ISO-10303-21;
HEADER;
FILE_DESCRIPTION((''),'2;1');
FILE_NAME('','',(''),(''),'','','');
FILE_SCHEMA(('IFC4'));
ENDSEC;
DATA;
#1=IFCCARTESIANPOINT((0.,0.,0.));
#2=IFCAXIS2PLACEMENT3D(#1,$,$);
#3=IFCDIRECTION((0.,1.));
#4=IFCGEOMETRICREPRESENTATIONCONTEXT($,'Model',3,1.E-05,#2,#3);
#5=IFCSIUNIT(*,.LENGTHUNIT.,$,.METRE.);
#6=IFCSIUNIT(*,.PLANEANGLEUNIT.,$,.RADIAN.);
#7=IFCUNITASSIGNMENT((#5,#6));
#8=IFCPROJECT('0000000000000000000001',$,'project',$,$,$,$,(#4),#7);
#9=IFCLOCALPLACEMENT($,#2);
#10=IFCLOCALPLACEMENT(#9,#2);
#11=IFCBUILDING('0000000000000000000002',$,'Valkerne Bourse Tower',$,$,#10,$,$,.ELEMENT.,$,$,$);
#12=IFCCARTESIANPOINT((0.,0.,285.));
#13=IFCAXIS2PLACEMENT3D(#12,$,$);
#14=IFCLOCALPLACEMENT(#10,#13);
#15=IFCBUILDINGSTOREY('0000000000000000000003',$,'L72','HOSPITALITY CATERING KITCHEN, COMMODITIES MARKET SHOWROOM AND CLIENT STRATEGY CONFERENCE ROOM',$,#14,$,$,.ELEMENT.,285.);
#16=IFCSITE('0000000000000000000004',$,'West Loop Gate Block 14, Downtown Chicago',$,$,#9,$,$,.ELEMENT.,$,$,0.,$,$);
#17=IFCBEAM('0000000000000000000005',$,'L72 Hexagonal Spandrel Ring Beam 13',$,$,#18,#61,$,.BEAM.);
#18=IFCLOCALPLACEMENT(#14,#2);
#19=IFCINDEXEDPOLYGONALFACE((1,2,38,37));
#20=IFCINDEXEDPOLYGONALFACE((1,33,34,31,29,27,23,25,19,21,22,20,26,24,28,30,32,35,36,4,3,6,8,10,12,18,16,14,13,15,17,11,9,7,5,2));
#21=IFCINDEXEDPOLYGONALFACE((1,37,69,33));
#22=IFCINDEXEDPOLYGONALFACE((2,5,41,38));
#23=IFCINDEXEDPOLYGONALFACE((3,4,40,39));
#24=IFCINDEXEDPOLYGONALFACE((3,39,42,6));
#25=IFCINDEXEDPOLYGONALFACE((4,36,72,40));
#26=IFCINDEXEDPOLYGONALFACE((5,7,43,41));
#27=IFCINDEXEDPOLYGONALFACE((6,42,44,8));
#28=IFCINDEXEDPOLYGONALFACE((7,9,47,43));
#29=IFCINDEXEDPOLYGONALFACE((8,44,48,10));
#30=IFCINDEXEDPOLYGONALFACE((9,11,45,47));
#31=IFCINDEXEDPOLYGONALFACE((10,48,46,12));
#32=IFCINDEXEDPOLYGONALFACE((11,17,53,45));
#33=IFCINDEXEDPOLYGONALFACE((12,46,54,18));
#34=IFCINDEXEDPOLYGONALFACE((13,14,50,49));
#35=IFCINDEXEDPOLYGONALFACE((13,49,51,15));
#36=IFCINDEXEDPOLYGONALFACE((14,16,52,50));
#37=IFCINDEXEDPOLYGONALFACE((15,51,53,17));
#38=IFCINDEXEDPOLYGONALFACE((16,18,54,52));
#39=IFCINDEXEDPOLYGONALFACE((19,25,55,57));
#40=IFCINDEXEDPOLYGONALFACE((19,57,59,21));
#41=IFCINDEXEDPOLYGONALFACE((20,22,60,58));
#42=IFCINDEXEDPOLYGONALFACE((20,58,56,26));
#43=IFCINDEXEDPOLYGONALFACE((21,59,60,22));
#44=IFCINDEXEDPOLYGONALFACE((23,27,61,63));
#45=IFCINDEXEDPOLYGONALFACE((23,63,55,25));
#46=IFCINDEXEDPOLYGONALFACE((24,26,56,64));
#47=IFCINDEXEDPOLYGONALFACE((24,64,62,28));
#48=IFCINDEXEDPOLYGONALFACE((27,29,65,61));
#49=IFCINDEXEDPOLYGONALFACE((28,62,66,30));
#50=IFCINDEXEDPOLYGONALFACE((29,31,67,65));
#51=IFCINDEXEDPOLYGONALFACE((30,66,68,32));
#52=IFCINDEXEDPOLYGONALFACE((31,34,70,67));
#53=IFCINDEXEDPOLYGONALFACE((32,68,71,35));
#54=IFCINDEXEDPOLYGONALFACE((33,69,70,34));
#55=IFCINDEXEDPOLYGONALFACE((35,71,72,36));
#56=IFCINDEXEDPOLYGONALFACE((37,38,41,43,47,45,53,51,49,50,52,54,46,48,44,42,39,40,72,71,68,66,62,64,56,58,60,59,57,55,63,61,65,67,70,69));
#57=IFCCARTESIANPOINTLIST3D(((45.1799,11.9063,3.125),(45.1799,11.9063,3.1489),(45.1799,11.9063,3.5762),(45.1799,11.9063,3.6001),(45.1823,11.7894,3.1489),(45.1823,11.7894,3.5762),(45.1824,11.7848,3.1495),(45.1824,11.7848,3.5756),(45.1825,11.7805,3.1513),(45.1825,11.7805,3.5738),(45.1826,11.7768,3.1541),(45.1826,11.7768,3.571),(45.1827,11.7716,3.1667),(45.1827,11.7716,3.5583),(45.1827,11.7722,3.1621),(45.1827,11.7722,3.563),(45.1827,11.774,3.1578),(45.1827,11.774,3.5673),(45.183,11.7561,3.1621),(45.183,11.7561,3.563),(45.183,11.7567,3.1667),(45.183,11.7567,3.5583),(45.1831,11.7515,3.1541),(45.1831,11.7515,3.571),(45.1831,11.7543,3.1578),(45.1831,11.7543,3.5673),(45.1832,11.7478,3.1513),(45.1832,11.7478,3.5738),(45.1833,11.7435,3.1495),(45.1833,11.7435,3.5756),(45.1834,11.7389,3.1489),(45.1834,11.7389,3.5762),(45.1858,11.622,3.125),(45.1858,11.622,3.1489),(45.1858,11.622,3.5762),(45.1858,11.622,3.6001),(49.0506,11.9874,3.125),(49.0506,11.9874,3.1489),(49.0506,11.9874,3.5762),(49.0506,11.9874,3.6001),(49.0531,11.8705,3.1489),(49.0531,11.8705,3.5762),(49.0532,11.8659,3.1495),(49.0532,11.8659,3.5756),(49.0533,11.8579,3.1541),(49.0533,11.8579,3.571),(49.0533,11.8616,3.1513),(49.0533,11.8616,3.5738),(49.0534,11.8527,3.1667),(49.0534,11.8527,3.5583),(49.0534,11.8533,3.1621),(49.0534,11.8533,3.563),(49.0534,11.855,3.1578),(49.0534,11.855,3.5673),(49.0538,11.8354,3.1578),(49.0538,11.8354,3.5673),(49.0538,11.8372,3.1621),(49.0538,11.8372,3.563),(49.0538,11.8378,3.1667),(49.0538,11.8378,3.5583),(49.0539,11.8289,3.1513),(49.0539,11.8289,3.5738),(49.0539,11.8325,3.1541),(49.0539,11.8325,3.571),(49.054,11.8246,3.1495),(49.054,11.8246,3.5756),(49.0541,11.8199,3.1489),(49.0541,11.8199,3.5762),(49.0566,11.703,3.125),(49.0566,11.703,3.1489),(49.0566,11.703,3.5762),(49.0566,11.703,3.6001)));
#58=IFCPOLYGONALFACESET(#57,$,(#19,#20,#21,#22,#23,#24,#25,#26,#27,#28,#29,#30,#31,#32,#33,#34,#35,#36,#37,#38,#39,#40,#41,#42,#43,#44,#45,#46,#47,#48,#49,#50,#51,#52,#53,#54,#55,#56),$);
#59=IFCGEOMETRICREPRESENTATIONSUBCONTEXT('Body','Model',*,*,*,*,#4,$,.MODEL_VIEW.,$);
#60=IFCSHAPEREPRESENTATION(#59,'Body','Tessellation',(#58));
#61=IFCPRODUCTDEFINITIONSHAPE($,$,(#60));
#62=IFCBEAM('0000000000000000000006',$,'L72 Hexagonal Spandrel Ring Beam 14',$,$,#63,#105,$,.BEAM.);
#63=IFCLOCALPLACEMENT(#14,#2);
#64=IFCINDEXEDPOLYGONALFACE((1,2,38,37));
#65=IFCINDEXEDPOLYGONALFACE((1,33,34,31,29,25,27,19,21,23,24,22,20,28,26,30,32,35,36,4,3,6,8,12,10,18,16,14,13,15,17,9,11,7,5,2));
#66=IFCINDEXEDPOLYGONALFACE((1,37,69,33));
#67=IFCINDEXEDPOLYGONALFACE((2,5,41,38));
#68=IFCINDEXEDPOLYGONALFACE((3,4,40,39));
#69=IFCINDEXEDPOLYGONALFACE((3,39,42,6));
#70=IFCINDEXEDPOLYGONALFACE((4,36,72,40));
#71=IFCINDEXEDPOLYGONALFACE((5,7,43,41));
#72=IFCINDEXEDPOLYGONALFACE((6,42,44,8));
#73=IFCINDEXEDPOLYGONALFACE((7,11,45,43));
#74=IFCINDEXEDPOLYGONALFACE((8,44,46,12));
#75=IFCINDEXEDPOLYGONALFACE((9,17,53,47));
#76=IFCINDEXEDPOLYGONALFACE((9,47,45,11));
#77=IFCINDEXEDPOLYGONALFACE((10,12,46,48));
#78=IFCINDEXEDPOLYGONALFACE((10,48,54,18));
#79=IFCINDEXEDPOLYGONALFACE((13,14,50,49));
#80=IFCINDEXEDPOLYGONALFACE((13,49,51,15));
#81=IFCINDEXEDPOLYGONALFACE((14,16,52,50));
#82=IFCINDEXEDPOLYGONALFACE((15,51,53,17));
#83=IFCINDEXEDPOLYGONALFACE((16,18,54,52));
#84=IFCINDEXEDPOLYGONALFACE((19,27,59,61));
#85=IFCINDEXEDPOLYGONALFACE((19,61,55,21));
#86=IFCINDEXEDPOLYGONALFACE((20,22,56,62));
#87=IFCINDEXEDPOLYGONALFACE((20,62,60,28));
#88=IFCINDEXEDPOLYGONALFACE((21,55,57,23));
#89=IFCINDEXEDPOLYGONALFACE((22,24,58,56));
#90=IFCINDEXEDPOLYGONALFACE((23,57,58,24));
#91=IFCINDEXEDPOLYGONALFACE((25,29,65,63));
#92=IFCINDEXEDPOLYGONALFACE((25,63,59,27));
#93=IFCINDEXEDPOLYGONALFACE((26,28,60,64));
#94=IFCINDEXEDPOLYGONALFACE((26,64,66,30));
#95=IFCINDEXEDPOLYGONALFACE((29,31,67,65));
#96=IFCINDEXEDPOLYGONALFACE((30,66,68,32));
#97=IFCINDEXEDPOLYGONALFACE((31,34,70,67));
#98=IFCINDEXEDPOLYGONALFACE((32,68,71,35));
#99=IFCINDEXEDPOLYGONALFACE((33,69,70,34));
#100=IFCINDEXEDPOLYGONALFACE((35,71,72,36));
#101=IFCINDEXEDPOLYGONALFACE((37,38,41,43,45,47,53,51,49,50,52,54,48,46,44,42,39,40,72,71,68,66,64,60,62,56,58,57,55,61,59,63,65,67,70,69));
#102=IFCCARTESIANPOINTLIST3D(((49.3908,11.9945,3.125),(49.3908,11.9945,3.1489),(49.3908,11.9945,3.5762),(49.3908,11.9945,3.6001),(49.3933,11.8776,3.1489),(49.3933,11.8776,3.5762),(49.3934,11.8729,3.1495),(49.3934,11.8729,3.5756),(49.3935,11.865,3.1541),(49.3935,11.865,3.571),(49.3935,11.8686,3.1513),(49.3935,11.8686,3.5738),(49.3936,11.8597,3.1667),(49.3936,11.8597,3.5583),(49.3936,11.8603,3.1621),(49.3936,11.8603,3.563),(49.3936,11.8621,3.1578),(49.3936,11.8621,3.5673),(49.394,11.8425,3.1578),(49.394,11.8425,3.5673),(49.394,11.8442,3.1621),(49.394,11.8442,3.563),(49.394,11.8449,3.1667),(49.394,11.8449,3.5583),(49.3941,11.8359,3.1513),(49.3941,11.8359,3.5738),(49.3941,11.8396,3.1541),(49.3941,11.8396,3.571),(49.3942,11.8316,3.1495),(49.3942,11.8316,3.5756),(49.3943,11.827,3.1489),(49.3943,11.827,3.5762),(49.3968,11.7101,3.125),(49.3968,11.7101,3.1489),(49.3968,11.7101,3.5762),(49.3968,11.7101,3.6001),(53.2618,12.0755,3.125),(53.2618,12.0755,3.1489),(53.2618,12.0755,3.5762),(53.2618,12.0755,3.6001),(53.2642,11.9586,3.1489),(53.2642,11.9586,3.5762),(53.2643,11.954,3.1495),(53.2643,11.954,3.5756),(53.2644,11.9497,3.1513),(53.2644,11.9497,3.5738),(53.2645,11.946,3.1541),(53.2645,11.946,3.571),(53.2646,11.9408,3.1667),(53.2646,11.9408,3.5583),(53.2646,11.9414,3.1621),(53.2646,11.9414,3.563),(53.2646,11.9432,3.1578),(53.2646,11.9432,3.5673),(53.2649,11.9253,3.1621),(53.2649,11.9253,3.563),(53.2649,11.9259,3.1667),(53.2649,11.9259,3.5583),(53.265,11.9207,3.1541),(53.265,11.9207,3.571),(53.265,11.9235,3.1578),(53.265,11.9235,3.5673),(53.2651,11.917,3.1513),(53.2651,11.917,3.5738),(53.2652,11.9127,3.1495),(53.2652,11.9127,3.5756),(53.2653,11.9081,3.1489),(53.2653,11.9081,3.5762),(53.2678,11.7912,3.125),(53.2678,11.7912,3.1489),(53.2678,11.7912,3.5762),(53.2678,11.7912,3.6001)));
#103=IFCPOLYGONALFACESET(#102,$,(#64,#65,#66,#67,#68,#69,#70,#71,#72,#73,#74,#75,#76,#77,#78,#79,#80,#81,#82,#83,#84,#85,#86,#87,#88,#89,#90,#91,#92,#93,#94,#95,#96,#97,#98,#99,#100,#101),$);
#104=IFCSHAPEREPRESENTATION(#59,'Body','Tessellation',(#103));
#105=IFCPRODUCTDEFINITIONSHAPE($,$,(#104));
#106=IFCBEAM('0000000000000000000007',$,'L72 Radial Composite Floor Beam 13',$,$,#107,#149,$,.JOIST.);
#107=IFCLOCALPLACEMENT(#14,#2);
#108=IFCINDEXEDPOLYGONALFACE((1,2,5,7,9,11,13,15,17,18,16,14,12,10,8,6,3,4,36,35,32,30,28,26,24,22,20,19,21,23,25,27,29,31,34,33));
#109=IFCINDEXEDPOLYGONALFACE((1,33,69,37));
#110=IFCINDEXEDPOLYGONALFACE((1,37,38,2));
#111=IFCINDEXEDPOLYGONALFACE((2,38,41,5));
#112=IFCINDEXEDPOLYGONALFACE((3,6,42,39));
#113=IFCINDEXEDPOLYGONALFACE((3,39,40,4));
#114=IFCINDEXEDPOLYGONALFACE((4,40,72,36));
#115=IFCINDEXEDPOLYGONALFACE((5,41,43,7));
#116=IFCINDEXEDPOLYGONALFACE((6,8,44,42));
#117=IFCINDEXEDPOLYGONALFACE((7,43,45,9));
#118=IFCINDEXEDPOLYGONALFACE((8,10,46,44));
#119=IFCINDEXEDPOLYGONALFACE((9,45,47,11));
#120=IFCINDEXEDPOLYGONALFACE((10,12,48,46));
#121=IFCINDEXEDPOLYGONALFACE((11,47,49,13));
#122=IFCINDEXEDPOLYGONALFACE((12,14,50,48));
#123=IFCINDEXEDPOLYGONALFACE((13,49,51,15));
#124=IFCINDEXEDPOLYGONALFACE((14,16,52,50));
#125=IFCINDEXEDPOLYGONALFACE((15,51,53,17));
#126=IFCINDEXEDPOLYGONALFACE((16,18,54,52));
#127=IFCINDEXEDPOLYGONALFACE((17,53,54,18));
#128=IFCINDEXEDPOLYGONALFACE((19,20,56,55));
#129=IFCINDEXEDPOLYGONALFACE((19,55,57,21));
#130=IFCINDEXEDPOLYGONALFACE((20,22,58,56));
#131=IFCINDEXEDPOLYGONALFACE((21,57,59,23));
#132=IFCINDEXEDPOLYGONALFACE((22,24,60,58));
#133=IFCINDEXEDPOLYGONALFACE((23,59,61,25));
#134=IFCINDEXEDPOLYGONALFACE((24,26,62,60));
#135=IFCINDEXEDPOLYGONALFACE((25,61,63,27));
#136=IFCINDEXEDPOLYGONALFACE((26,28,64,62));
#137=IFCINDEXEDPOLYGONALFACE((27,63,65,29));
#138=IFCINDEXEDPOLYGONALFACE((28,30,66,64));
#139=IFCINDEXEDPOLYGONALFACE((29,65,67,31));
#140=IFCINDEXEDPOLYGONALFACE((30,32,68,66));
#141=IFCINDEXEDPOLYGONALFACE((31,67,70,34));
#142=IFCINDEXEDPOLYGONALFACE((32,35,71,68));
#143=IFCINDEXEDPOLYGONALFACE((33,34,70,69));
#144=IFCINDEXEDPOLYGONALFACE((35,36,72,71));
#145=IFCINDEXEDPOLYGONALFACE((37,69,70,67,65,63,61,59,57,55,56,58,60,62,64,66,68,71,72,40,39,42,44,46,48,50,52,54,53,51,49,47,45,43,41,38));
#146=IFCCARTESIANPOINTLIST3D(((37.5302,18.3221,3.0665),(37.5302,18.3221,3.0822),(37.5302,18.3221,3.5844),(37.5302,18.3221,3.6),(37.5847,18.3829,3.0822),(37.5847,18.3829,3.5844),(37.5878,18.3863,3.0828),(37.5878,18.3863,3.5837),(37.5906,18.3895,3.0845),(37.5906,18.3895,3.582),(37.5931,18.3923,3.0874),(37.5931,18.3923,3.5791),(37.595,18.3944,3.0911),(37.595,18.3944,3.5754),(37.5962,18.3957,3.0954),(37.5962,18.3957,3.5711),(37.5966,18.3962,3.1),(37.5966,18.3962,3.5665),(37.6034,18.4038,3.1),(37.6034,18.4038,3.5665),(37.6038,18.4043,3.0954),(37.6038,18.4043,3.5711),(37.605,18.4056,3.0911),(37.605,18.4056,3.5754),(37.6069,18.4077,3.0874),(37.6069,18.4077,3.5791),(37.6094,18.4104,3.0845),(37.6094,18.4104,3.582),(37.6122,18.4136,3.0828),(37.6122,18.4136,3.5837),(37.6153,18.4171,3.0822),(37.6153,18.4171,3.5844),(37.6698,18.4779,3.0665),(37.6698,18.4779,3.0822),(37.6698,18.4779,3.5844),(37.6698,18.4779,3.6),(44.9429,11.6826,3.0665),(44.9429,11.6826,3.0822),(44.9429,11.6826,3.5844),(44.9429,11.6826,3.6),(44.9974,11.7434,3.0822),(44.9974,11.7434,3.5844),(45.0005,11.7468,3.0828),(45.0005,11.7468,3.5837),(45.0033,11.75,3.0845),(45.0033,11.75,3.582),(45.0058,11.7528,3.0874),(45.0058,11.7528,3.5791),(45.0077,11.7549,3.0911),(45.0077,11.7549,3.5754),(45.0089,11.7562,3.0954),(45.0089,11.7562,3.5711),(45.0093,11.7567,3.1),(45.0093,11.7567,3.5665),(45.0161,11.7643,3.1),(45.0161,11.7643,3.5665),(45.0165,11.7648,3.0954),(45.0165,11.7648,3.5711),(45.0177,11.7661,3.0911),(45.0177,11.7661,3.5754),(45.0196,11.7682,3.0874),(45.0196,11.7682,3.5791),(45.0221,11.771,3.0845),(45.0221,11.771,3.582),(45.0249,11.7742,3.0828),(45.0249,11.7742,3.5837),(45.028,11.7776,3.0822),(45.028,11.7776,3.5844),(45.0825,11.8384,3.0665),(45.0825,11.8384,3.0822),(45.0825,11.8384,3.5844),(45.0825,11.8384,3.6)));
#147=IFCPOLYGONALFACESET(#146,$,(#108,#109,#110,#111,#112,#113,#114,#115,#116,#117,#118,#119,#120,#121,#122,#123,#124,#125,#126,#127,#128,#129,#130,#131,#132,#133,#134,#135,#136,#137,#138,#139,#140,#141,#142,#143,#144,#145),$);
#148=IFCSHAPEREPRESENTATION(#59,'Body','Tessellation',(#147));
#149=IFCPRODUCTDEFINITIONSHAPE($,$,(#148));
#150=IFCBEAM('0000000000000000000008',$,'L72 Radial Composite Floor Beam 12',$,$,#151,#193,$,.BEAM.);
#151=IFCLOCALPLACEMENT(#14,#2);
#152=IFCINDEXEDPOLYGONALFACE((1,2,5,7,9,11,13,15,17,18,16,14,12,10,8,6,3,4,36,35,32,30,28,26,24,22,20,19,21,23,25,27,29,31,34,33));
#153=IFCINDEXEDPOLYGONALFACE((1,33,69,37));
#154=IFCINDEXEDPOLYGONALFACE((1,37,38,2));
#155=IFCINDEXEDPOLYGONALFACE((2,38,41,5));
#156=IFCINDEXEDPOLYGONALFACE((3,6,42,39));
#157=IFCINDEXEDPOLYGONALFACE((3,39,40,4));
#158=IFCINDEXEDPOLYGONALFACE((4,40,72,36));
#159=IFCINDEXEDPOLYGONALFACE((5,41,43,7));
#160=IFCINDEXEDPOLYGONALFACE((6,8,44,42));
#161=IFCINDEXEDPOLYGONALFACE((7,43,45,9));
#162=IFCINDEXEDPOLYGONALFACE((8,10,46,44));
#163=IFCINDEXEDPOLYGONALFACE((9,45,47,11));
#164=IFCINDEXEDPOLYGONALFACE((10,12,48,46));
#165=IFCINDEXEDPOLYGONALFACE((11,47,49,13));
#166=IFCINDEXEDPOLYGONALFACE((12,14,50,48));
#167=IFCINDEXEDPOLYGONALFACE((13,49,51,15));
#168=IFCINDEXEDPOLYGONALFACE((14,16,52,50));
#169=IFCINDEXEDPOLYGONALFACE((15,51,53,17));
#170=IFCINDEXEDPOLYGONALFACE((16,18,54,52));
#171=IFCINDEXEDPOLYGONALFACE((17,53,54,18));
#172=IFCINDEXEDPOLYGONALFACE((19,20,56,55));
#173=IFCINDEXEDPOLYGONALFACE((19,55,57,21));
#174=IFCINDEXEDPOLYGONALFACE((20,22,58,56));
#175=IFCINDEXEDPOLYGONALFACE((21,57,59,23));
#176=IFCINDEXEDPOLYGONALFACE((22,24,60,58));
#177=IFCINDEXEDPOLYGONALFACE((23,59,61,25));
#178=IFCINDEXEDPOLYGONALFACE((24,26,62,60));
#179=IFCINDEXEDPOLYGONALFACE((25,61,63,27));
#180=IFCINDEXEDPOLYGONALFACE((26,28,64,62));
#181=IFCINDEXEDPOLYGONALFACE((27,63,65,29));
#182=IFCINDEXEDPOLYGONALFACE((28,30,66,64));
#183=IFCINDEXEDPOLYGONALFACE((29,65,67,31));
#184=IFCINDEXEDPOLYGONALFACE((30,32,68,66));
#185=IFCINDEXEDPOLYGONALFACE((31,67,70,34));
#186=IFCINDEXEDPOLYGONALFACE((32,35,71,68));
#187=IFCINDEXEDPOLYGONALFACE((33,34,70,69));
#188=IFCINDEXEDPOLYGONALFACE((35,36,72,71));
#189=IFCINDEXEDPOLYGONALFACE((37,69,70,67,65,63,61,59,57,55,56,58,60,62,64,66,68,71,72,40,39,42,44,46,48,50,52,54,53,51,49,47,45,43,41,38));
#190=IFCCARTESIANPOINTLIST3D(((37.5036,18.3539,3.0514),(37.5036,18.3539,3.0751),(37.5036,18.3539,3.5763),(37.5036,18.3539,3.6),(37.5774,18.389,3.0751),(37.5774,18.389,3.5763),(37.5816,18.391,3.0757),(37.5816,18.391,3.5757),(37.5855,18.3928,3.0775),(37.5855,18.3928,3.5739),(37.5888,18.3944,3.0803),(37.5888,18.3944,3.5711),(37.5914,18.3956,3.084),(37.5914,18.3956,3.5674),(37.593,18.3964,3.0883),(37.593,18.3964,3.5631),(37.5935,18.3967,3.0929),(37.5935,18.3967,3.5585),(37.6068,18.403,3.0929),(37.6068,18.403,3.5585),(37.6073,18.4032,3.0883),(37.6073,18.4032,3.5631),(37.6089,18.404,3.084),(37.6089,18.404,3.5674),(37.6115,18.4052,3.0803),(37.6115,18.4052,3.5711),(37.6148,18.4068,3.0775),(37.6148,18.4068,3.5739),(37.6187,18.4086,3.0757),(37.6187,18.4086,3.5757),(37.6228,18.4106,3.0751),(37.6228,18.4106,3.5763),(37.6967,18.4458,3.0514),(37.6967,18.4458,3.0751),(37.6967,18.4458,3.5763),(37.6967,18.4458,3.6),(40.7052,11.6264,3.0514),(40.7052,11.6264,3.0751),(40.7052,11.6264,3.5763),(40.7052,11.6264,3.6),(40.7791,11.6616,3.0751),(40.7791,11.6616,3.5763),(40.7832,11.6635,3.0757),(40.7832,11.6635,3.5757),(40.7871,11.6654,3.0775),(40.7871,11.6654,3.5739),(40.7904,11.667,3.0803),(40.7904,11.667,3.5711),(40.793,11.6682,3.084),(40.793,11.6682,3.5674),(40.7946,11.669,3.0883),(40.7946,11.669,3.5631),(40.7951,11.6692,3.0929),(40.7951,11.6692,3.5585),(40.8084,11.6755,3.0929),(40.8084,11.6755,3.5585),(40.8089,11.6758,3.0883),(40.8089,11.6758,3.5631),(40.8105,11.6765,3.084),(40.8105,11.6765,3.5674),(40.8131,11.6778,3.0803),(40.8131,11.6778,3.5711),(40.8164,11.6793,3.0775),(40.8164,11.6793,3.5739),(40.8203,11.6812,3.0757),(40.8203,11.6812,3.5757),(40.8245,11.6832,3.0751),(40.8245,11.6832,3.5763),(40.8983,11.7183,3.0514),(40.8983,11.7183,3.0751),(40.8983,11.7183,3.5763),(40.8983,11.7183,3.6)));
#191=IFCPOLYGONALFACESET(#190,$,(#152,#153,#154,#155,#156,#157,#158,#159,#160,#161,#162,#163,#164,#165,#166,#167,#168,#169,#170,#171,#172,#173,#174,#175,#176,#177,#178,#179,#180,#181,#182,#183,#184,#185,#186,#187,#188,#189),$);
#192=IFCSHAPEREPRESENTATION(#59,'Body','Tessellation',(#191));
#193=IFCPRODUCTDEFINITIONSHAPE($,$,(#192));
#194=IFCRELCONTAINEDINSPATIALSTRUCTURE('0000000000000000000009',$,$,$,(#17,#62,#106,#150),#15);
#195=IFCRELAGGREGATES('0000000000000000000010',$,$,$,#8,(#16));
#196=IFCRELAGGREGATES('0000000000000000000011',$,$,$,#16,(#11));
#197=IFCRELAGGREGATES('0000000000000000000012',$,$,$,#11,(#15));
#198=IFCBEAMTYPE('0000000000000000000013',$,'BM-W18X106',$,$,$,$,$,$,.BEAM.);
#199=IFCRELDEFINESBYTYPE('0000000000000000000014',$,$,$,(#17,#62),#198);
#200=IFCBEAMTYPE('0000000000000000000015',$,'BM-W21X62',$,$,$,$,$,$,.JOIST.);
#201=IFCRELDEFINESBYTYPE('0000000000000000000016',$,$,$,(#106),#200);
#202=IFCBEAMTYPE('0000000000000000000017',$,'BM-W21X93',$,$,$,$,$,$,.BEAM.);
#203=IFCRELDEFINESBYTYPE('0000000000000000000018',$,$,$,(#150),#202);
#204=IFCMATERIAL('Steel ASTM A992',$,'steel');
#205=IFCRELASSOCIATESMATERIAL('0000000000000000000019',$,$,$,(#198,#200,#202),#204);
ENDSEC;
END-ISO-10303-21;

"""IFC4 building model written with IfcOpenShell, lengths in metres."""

from ifc_helpers import new_model, si_unit, direction, frame, origin, origin_2d, place, context, subcontext, project, spatial, i_section, extrude, material, material_profile, profile_set, type_object, element, save


model = new_model("IFC4")

# Units and contexts
model_context = context("Model", 3, precision=1e-05, world=origin(), true_north=direction((0.0, 1.0)))
body_context = subcontext(model_context, "Body", "Model", "MODEL_VIEW")
ifc_project = project(units=[si_unit("LENGTHUNIT", "METRE"), si_unit("PLANEANGLEUNIT", "RADIAN")], contexts=[model_context])

# Site, building, storey
site_placement = place(None, origin())
site = spatial("IfcSite", under=ifc_project, at=site_placement, Name="West Loop Gate Block 14, Downtown Chicago", CompositionType="ELEMENT", RefElevation=0.0)
building_placement = place(site_placement, origin())
building = spatial("IfcBuilding", under=site, at=building_placement, Name="Valkerne Bourse Tower", CompositionType="ELEMENT")
storey_placement = place(building_placement, frame((0.0, 0.0, 285.0)))
storey = spatial("IfcBuildingStorey", under=building, at=storey_placement, Name="L72", Description="HOSPITALITY CATERING KITCHEN, COMMODITIES MARKET SHOWROOM AND CLIENT STRATEGY CONFERENCE ROOM", CompositionType="ELEMENT", Elevation=285.0)

# Beams
ifc_material_1 = material(Name="Steel ASTM A992", Category="steel")
ifc_material_profile_1 = material_profile(ifc_material_1, i_section(OverallWidth=0.2844, OverallDepth=0.4751, WebThickness=0.0149, FlangeThickness=0.0239, FilletRadius=0.0178, at=origin_2d()), Name="W18X106")
ifc_profile_set_1 = profile_set([ifc_material_profile_1], Name="Steel ASTM A992")
beam_type_1 = type_object("IfcBeamType", Name="BM-W18X106", PredefinedType="BEAM", material=ifc_profile_set_1)
beam_1_placement = place(storey_placement, frame((45.1829, 11.7642, 3.3625), z_axis=(0.999781, 0.020935, 0.0), x_axis=(-0.020935, 0.999781, 0.0)))
element("IfcBeam", 1, at=beam_1_placement, inside=storey, type_object=beam_type_1, Name="L72 Hexagonal Spandrel Ring Beam 13", PredefinedType="BEAM", context=body_context, shape_type="SweptSolid", body=[
    extrude(i_section(OverallWidth=0.2844, OverallDepth=0.4751, WebThickness=0.0149, FlangeThickness=0.0239, FilletRadius=0.0178, at=origin_2d()), origin(), (0.0, 0.0, 1.0), 3.8716),
])
beam_2_placement = place(storey_placement, frame((49.3938, 11.8523, 3.3625), z_axis=(0.999781, 0.020934, 0.0), x_axis=(-0.020934, 0.999781, 0.0)))
element("IfcBeam", 2, at=beam_2_placement, inside=storey, type_object=beam_type_1, Name="L72 Hexagonal Spandrel Ring Beam 14", PredefinedType="BEAM", context=body_context, shape_type="SweptSolid", body=[
    extrude(i_section(OverallWidth=0.2844, OverallDepth=0.4751, WebThickness=0.0149, FlangeThickness=0.0239, FilletRadius=0.0178, at=origin_2d()), origin(), (0.0, 0.0, 1.0), 3.8718),
])
ifc_material_profile_2 = material_profile(ifc_material_1, i_section(OverallWidth=0.2092, OverallDepth=0.5334, WebThickness=0.0103, FlangeThickness=0.0156, FilletRadius=0.0178, at=origin_2d()), Name="W21X62")
ifc_profile_set_2 = profile_set([ifc_material_profile_2], Name="Steel ASTM A992")
beam_type_2 = type_object("IfcBeamType", Name="BM-W21X62", PredefinedType="JOIST", material=ifc_profile_set_2)
beam_3_placement = place(storey_placement, frame((45.0127, 11.7605, 3.3333), z_axis=(-0.744888, 0.66719, 0.0), x_axis=(-0.66719, -0.744888, 0.0)))
element("IfcBeam", 3, at=beam_3_placement, inside=storey, type_object=beam_type_2, Name="L72 Radial Composite Floor Beam 13", PredefinedType="JOIST", context=body_context, shape_type="SweptSolid", body=[
    extrude(i_section(OverallWidth=0.2092, OverallDepth=0.5334, WebThickness=0.0103, FlangeThickness=0.0156, FilletRadius=0.0178, at=origin_2d()), origin(), (0.0, 0.0, 1.0), 9.9514),
])
ifc_material_profile_3 = material_profile(ifc_material_1, i_section(OverallWidth=0.2139, OverallDepth=0.5486, WebThickness=0.0146, FlangeThickness=0.0237, FilletRadius=0.0178, at=origin_2d()), Name="W21X93")
ifc_profile_set_3 = profile_set([ifc_material_profile_3], Name="Steel ASTM A992")
beam_type_3 = type_object("IfcBeamType", Name="BM-W21X93", PredefinedType="BEAM", material=ifc_profile_set_3)
beam_4_placement = place(storey_placement, frame((40.8018, 11.6724, 3.3257), z_axis=(-0.429722, 0.902961, 0.0), x_axis=(-0.902961, -0.429722, 0.0)))
element("IfcBeam", 4, at=beam_4_placement, inside=storey, type_object=beam_type_3, Name="L72 Radial Composite Floor Beam 12", PredefinedType="BEAM", context=body_context, shape_type="SweptSolid", body=[
    extrude(i_section(OverallWidth=0.2139, OverallDepth=0.5486, WebThickness=0.0146, FlangeThickness=0.0237, FilletRadius=0.0178, at=origin_2d()), origin(), (0.0, 0.0, 1.0), 7.4504),
])

save(model, "model.ifc")
